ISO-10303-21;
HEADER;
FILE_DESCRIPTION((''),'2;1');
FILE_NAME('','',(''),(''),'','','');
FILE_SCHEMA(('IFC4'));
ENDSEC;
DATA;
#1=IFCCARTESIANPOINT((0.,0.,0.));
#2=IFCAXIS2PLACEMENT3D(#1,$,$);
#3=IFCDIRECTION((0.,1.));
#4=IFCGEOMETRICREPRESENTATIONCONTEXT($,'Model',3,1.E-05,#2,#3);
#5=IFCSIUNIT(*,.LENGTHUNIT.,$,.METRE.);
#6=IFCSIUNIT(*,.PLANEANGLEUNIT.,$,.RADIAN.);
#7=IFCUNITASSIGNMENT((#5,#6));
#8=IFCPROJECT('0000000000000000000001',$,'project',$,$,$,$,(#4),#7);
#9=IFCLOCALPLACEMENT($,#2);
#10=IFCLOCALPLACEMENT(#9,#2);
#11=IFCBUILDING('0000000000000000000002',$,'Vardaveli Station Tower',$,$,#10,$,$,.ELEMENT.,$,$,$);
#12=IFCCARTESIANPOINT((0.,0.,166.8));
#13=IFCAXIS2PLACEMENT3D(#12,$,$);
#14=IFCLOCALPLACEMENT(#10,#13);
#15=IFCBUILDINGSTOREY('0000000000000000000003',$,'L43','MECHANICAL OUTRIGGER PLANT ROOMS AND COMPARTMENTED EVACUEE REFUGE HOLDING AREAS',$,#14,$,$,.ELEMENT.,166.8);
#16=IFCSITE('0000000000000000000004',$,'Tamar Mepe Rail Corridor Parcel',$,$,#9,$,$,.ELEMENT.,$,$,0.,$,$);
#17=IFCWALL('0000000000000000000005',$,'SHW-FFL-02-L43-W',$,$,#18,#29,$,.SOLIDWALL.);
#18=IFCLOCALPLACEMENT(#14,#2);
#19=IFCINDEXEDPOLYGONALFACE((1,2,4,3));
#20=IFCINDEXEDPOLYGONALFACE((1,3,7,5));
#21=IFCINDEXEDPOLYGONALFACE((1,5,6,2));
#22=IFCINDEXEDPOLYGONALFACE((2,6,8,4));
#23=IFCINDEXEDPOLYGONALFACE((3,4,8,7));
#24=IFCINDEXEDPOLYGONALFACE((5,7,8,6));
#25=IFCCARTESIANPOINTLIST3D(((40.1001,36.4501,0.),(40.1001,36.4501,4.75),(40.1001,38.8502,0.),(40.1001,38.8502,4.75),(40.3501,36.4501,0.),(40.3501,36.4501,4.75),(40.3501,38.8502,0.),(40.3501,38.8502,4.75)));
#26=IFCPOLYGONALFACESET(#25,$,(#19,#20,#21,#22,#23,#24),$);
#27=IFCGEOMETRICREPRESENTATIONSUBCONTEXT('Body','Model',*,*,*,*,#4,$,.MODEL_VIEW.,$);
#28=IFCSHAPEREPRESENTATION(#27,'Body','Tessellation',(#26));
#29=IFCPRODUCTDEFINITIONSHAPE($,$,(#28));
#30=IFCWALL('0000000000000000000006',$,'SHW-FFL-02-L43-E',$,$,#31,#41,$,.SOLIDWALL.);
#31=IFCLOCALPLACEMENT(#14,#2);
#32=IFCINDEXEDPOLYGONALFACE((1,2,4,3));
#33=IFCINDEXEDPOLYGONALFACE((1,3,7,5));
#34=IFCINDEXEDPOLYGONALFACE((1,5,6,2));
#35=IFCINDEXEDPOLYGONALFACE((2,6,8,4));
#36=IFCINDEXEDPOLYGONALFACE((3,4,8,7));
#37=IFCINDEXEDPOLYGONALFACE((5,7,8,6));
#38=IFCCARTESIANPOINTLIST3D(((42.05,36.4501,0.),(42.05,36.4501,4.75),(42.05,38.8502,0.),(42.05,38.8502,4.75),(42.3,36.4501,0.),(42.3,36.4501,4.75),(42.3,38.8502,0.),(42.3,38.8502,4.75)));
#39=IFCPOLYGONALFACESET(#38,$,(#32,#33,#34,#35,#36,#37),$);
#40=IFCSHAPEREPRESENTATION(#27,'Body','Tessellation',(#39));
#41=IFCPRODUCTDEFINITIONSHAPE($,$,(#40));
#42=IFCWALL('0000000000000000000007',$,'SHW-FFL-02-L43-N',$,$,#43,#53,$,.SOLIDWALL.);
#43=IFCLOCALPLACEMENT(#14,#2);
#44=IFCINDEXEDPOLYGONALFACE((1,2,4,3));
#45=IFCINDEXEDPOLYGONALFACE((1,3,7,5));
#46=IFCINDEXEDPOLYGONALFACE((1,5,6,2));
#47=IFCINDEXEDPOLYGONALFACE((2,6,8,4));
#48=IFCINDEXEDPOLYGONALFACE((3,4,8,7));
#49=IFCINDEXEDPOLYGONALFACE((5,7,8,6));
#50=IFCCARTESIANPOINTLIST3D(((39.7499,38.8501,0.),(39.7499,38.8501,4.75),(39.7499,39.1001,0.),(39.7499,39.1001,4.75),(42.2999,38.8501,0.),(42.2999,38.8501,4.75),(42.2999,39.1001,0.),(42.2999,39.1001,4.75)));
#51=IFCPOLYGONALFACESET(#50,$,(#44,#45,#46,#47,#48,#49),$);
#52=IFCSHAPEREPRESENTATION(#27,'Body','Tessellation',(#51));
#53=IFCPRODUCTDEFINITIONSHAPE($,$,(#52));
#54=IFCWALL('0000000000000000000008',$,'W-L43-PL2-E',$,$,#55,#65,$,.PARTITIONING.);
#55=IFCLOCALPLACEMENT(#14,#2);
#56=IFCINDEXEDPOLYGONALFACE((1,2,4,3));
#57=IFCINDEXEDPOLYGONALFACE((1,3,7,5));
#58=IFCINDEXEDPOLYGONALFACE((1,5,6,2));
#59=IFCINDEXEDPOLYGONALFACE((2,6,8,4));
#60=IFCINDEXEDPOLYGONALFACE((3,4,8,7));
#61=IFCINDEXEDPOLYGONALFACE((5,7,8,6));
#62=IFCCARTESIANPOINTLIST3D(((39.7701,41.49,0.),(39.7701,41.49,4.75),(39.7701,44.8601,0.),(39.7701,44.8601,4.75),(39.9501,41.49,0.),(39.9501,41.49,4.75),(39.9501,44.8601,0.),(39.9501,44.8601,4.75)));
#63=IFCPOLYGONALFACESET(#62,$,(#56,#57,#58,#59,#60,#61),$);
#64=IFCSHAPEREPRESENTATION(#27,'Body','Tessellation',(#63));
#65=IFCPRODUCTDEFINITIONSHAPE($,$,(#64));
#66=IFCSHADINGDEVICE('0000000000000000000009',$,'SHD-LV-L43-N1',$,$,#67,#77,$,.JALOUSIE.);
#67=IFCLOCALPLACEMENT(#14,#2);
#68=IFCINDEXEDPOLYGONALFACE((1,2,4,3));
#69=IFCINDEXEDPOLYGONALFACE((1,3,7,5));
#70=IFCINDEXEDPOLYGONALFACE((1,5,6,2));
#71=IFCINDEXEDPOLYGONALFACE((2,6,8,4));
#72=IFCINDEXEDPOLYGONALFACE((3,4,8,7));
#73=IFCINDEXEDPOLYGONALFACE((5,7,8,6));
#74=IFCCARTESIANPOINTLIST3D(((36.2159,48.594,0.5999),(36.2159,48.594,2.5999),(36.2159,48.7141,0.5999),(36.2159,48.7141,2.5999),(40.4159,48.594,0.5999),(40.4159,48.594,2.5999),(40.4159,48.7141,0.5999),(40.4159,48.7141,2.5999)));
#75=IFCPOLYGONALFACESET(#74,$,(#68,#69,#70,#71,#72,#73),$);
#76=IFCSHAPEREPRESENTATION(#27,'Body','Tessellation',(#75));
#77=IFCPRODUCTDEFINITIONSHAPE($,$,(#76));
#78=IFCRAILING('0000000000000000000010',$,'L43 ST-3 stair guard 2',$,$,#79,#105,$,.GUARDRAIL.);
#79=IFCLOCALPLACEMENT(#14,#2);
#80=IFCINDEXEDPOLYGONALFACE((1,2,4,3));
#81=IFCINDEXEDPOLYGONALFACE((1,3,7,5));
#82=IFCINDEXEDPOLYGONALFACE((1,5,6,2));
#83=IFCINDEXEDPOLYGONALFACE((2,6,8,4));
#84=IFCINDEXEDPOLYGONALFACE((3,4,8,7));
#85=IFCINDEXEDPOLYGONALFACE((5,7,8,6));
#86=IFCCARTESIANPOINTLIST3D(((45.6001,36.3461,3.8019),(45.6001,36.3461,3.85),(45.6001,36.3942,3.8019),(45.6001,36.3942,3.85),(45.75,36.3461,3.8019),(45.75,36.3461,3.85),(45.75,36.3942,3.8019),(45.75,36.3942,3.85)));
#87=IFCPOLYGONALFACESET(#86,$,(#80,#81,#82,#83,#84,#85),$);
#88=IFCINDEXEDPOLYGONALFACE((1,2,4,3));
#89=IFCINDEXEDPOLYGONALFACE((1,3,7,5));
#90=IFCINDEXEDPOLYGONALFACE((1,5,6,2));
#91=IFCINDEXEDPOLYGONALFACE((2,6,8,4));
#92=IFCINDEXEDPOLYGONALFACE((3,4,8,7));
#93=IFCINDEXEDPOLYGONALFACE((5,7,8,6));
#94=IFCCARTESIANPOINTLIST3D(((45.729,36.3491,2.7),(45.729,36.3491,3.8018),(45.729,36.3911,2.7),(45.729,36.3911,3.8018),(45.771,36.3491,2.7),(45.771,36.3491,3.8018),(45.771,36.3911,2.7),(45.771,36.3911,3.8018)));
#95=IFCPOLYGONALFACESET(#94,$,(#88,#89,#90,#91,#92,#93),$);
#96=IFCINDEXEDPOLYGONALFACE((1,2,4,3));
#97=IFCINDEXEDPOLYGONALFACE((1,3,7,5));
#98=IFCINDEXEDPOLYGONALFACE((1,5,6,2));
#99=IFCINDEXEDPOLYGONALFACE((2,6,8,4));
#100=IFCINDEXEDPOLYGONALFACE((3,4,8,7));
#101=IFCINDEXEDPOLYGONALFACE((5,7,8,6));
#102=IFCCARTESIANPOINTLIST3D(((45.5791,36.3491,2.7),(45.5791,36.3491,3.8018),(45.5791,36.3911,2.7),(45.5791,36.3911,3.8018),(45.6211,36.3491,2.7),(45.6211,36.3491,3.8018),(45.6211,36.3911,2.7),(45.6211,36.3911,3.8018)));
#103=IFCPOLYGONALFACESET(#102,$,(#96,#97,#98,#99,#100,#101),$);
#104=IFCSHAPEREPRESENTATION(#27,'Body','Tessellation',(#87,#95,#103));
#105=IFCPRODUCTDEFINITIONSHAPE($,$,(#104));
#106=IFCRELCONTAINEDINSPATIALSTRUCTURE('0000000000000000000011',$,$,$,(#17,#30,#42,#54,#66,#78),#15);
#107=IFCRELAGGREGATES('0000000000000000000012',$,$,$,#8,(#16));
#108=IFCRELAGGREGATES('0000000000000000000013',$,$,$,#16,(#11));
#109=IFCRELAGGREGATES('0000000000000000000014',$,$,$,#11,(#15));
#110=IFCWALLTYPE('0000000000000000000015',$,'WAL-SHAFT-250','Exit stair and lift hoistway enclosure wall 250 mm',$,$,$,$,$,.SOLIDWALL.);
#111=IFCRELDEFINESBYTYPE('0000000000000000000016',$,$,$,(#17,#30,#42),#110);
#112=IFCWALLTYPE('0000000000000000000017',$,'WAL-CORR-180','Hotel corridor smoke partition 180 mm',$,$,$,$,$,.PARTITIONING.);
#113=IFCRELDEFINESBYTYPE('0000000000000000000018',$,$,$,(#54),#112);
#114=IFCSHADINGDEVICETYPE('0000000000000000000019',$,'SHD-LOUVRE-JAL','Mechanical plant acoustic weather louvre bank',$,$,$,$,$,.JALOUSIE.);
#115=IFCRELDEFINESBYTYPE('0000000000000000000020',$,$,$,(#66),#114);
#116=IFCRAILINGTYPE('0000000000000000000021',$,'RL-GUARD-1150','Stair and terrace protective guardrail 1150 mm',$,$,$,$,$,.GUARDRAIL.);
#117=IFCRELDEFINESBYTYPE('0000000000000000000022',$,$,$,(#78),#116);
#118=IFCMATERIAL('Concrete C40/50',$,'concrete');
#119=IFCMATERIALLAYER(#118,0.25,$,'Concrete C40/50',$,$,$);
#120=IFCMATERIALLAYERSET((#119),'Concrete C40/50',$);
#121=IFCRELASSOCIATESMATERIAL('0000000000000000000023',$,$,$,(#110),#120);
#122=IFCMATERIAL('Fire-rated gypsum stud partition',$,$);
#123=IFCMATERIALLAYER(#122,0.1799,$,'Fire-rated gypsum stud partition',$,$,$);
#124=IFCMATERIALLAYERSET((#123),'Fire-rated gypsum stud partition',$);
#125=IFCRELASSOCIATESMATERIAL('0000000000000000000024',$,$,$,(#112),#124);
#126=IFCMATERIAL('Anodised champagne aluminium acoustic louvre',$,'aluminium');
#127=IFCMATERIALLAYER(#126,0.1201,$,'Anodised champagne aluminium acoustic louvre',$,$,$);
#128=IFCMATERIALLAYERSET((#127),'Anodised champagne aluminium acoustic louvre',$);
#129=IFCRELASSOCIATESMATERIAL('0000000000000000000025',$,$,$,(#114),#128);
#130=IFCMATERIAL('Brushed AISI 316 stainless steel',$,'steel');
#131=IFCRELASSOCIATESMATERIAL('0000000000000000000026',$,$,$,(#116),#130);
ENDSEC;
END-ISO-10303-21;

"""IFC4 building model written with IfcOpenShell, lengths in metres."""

from ifc_helpers import new_model, si_unit, direction, frame, frame_2d, origin, origin_2d, place, context, subcontext, project, spatial, rectangle, extrude, source, transform, mapped, material, layer, layer_set, type_object, element, save


model = new_model("IFC4")

# Units and contexts
model_context = context("Model", 3, precision=1e-05, world=origin(), true_north=direction((0.0, 1.0)))
body_context = subcontext(model_context, "Body", "Model", "MODEL_VIEW")
ifc_project = project(units=[si_unit("LENGTHUNIT", "METRE"), si_unit("PLANEANGLEUNIT", "RADIAN")], contexts=[model_context])

# Site, building, storey
site_placement = place(None, origin())
site = spatial("IfcSite", under=ifc_project, at=site_placement, Name="Tamar Mepe Rail Corridor Parcel", CompositionType="ELEMENT", RefElevation=0.0)
building_placement = place(site_placement, origin())
building = spatial("IfcBuilding", under=site, at=building_placement, Name="Vardaveli Station Tower", CompositionType="ELEMENT")
storey_placement = place(building_placement, frame((0.0, 0.0, 166.8)))
storey = spatial("IfcBuildingStorey", under=building, at=storey_placement, Name="L43", Description="MECHANICAL OUTRIGGER PLANT ROOMS AND COMPARTMENTED EVACUEE REFUGE HOLDING AREAS", CompositionType="ELEMENT", Elevation=166.8)

# Walls
ifc_material_1 = material(Name="Concrete C40/50", Category="concrete")
ifc_layer_1 = layer(ifc_material_1, 0.25, Name="Concrete C40/50")
ifc_layer_set_1 = layer_set([ifc_layer_1], Name="Concrete C40/50")
wall_type_1 = type_object("IfcWallType", Name="WAL-SHAFT-250", Description="Exit stair and lift hoistway enclosure wall 250 mm", PredefinedType="SOLIDWALL", material=ifc_layer_set_1)
shared_shape_1 = source(origin(), body_context, "Body", "SweptSolid", [
    extrude(rectangle(XDim=2.4001, YDim=0.25, at=frame_2d((1.2002, 0.0))), origin(), (0.0, 0.0, 1.0), 4.75),
])
for number, where, z_axis, x_axis, name in (
    (1, (40.2251, 36.45, 0.0), (0.0, 0.0, 1.0), (0.0, 1.0, 0.0), "SHW-FFL-02-L43-W"),
    (2, (42.175, 36.45, 0.0), (0.0, 0.0, 1.0), (0.0, 1.0, 0.0), "SHW-FFL-02-L43-E"),
):
    element("IfcWall", number, at=place(storey_placement, frame(where, z_axis=z_axis, x_axis=x_axis)), inside=storey, type_object=wall_type_1, Name=name, PredefinedType="SOLIDWALL", context=body_context, shape_type="MappedRepresentation", body=[
        mapped(shared_shape_1, transform((0.0, 0.0, 0.0), scale=1.0)),
    ])
shared_shape_2 = source(origin(), body_context, "Body", "SweptSolid", [
    extrude(rectangle(XDim=2.55, YDim=0.25, at=frame_2d((1.2749, 0.0))), origin(), (0.0, 0.0, 1.0), 4.75),
])
wall_1_placement = place(storey_placement, frame((39.75, 38.9751, 0.0), z_axis=(0.0, 0.0, 1.0), x_axis=(1.0, 0.0, 0.0)))
element("IfcWall", 3, at=wall_1_placement, inside=storey, type_object=wall_type_1, Name="SHW-FFL-02-L43-N", PredefinedType="SOLIDWALL", context=body_context, shape_type="MappedRepresentation", body=[
    mapped(shared_shape_2, transform((0.0, 0.0, 0.0), scale=1.0)),
])
ifc_material_2 = material(Name="Fire-rated gypsum stud partition")
ifc_layer_2 = layer(ifc_material_2, 0.1799, Name="Fire-rated gypsum stud partition")
ifc_layer_set_2 = layer_set([ifc_layer_2], Name="Fire-rated gypsum stud partition")
wall_type_2 = type_object("IfcWallType", Name="WAL-CORR-180", Description="Hotel corridor smoke partition 180 mm", PredefinedType="PARTITIONING", material=ifc_layer_set_2)
shared_shape_3 = source(origin(), body_context, "Body", "SweptSolid", [
    extrude(rectangle(XDim=3.3701, YDim=0.1799, at=frame_2d((1.6851, 0.0))), origin(), (0.0, 0.0, 1.0), 4.75),
])
wall_2_placement = place(storey_placement, frame((39.8601, 41.49, 0.0), z_axis=(0.0, 0.0, 1.0), x_axis=(0.0, 1.0, 0.0)))
element("IfcWall", 4, at=wall_2_placement, inside=storey, type_object=wall_type_2, Name="W-L43-PL2-E", PredefinedType="PARTITIONING", context=body_context, shape_type="MappedRepresentation", body=[
    mapped(shared_shape_3, transform((0.0, 0.0, 0.0), scale=1.0)),
])

# Shading device
ifc_material_3 = material(Name="Anodised champagne aluminium acoustic louvre", Category="aluminium")
ifc_layer_3 = layer(ifc_material_3, 0.1201, Name="Anodised champagne aluminium acoustic louvre")
ifc_layer_set_3 = layer_set([ifc_layer_3], Name="Anodised champagne aluminium acoustic louvre")
shading_device_type = type_object("IfcShadingDeviceType", Name="SHD-LOUVRE-JAL", Description="Mechanical plant acoustic weather louvre bank", PredefinedType="JALOUSIE", material=ifc_layer_set_3)
shared_shape_4 = source(origin(), body_context, "Body", "SweptSolid", [
    extrude(rectangle(XDim=4.2, YDim=0.1201, at=origin_2d()), origin(), (0.0, 0.0, 1.0), 2.0),
])
shading_device_placement = place(storey_placement, frame((38.3159, 48.6541, 0.5999), z_axis=(0.0, 0.0, 1.0), x_axis=(1.0, 0.0, 0.0)))
element("IfcShadingDevice", 5, at=shading_device_placement, inside=storey, type_object=shading_device_type, Name="SHD-LV-L43-N1", PredefinedType="JALOUSIE", context=body_context, shape_type="MappedRepresentation", body=[
    mapped(shared_shape_4, transform((0.0, 0.0, 0.0), scale=1.0)),
])

# Railing
ifc_material_4 = material(Name="Brushed AISI 316 stainless steel", Category="steel")
railing_type = type_object("IfcRailingType", Name="RL-GUARD-1150", Description="Stair and terrace protective guardrail 1150 mm", PredefinedType="GUARDRAIL", material=ifc_material_4)
shared_shape_5 = source(origin(), body_context, "Body", "SweptSolid", [
    extrude(rectangle(XDim=0.0481, YDim=0.0481, at=origin_2d()), frame((0.0, 0.0, 1.126), z_axis=(-1.0, 0.0, 0.0), x_axis=(0.0, -1.0, 0.0)), (0.0, 0.0, 1.0), 0.1499),
    extrude(rectangle(XDim=0.042, YDim=0.042, at=origin_2d()), origin(), (0.0, 0.0, 1.0), 1.1018),
    extrude(rectangle(XDim=0.042, YDim=0.042, at=origin_2d()), frame((-0.1499, 0.0, 0.0)), (0.0, 0.0, 1.0), 1.1018),
])
railing_placement = place(storey_placement, frame((45.75, 36.3701, 2.7)))
element("IfcRailing", 6, at=railing_placement, inside=storey, type_object=railing_type, Name="L43 ST-3 stair guard 2", PredefinedType="GUARDRAIL", context=body_context, shape_type="MappedRepresentation", body=[
    mapped(shared_shape_5, transform((0.0, 0.0, 0.0), scale=1.0)),
])

save(model, "model.ifc")
